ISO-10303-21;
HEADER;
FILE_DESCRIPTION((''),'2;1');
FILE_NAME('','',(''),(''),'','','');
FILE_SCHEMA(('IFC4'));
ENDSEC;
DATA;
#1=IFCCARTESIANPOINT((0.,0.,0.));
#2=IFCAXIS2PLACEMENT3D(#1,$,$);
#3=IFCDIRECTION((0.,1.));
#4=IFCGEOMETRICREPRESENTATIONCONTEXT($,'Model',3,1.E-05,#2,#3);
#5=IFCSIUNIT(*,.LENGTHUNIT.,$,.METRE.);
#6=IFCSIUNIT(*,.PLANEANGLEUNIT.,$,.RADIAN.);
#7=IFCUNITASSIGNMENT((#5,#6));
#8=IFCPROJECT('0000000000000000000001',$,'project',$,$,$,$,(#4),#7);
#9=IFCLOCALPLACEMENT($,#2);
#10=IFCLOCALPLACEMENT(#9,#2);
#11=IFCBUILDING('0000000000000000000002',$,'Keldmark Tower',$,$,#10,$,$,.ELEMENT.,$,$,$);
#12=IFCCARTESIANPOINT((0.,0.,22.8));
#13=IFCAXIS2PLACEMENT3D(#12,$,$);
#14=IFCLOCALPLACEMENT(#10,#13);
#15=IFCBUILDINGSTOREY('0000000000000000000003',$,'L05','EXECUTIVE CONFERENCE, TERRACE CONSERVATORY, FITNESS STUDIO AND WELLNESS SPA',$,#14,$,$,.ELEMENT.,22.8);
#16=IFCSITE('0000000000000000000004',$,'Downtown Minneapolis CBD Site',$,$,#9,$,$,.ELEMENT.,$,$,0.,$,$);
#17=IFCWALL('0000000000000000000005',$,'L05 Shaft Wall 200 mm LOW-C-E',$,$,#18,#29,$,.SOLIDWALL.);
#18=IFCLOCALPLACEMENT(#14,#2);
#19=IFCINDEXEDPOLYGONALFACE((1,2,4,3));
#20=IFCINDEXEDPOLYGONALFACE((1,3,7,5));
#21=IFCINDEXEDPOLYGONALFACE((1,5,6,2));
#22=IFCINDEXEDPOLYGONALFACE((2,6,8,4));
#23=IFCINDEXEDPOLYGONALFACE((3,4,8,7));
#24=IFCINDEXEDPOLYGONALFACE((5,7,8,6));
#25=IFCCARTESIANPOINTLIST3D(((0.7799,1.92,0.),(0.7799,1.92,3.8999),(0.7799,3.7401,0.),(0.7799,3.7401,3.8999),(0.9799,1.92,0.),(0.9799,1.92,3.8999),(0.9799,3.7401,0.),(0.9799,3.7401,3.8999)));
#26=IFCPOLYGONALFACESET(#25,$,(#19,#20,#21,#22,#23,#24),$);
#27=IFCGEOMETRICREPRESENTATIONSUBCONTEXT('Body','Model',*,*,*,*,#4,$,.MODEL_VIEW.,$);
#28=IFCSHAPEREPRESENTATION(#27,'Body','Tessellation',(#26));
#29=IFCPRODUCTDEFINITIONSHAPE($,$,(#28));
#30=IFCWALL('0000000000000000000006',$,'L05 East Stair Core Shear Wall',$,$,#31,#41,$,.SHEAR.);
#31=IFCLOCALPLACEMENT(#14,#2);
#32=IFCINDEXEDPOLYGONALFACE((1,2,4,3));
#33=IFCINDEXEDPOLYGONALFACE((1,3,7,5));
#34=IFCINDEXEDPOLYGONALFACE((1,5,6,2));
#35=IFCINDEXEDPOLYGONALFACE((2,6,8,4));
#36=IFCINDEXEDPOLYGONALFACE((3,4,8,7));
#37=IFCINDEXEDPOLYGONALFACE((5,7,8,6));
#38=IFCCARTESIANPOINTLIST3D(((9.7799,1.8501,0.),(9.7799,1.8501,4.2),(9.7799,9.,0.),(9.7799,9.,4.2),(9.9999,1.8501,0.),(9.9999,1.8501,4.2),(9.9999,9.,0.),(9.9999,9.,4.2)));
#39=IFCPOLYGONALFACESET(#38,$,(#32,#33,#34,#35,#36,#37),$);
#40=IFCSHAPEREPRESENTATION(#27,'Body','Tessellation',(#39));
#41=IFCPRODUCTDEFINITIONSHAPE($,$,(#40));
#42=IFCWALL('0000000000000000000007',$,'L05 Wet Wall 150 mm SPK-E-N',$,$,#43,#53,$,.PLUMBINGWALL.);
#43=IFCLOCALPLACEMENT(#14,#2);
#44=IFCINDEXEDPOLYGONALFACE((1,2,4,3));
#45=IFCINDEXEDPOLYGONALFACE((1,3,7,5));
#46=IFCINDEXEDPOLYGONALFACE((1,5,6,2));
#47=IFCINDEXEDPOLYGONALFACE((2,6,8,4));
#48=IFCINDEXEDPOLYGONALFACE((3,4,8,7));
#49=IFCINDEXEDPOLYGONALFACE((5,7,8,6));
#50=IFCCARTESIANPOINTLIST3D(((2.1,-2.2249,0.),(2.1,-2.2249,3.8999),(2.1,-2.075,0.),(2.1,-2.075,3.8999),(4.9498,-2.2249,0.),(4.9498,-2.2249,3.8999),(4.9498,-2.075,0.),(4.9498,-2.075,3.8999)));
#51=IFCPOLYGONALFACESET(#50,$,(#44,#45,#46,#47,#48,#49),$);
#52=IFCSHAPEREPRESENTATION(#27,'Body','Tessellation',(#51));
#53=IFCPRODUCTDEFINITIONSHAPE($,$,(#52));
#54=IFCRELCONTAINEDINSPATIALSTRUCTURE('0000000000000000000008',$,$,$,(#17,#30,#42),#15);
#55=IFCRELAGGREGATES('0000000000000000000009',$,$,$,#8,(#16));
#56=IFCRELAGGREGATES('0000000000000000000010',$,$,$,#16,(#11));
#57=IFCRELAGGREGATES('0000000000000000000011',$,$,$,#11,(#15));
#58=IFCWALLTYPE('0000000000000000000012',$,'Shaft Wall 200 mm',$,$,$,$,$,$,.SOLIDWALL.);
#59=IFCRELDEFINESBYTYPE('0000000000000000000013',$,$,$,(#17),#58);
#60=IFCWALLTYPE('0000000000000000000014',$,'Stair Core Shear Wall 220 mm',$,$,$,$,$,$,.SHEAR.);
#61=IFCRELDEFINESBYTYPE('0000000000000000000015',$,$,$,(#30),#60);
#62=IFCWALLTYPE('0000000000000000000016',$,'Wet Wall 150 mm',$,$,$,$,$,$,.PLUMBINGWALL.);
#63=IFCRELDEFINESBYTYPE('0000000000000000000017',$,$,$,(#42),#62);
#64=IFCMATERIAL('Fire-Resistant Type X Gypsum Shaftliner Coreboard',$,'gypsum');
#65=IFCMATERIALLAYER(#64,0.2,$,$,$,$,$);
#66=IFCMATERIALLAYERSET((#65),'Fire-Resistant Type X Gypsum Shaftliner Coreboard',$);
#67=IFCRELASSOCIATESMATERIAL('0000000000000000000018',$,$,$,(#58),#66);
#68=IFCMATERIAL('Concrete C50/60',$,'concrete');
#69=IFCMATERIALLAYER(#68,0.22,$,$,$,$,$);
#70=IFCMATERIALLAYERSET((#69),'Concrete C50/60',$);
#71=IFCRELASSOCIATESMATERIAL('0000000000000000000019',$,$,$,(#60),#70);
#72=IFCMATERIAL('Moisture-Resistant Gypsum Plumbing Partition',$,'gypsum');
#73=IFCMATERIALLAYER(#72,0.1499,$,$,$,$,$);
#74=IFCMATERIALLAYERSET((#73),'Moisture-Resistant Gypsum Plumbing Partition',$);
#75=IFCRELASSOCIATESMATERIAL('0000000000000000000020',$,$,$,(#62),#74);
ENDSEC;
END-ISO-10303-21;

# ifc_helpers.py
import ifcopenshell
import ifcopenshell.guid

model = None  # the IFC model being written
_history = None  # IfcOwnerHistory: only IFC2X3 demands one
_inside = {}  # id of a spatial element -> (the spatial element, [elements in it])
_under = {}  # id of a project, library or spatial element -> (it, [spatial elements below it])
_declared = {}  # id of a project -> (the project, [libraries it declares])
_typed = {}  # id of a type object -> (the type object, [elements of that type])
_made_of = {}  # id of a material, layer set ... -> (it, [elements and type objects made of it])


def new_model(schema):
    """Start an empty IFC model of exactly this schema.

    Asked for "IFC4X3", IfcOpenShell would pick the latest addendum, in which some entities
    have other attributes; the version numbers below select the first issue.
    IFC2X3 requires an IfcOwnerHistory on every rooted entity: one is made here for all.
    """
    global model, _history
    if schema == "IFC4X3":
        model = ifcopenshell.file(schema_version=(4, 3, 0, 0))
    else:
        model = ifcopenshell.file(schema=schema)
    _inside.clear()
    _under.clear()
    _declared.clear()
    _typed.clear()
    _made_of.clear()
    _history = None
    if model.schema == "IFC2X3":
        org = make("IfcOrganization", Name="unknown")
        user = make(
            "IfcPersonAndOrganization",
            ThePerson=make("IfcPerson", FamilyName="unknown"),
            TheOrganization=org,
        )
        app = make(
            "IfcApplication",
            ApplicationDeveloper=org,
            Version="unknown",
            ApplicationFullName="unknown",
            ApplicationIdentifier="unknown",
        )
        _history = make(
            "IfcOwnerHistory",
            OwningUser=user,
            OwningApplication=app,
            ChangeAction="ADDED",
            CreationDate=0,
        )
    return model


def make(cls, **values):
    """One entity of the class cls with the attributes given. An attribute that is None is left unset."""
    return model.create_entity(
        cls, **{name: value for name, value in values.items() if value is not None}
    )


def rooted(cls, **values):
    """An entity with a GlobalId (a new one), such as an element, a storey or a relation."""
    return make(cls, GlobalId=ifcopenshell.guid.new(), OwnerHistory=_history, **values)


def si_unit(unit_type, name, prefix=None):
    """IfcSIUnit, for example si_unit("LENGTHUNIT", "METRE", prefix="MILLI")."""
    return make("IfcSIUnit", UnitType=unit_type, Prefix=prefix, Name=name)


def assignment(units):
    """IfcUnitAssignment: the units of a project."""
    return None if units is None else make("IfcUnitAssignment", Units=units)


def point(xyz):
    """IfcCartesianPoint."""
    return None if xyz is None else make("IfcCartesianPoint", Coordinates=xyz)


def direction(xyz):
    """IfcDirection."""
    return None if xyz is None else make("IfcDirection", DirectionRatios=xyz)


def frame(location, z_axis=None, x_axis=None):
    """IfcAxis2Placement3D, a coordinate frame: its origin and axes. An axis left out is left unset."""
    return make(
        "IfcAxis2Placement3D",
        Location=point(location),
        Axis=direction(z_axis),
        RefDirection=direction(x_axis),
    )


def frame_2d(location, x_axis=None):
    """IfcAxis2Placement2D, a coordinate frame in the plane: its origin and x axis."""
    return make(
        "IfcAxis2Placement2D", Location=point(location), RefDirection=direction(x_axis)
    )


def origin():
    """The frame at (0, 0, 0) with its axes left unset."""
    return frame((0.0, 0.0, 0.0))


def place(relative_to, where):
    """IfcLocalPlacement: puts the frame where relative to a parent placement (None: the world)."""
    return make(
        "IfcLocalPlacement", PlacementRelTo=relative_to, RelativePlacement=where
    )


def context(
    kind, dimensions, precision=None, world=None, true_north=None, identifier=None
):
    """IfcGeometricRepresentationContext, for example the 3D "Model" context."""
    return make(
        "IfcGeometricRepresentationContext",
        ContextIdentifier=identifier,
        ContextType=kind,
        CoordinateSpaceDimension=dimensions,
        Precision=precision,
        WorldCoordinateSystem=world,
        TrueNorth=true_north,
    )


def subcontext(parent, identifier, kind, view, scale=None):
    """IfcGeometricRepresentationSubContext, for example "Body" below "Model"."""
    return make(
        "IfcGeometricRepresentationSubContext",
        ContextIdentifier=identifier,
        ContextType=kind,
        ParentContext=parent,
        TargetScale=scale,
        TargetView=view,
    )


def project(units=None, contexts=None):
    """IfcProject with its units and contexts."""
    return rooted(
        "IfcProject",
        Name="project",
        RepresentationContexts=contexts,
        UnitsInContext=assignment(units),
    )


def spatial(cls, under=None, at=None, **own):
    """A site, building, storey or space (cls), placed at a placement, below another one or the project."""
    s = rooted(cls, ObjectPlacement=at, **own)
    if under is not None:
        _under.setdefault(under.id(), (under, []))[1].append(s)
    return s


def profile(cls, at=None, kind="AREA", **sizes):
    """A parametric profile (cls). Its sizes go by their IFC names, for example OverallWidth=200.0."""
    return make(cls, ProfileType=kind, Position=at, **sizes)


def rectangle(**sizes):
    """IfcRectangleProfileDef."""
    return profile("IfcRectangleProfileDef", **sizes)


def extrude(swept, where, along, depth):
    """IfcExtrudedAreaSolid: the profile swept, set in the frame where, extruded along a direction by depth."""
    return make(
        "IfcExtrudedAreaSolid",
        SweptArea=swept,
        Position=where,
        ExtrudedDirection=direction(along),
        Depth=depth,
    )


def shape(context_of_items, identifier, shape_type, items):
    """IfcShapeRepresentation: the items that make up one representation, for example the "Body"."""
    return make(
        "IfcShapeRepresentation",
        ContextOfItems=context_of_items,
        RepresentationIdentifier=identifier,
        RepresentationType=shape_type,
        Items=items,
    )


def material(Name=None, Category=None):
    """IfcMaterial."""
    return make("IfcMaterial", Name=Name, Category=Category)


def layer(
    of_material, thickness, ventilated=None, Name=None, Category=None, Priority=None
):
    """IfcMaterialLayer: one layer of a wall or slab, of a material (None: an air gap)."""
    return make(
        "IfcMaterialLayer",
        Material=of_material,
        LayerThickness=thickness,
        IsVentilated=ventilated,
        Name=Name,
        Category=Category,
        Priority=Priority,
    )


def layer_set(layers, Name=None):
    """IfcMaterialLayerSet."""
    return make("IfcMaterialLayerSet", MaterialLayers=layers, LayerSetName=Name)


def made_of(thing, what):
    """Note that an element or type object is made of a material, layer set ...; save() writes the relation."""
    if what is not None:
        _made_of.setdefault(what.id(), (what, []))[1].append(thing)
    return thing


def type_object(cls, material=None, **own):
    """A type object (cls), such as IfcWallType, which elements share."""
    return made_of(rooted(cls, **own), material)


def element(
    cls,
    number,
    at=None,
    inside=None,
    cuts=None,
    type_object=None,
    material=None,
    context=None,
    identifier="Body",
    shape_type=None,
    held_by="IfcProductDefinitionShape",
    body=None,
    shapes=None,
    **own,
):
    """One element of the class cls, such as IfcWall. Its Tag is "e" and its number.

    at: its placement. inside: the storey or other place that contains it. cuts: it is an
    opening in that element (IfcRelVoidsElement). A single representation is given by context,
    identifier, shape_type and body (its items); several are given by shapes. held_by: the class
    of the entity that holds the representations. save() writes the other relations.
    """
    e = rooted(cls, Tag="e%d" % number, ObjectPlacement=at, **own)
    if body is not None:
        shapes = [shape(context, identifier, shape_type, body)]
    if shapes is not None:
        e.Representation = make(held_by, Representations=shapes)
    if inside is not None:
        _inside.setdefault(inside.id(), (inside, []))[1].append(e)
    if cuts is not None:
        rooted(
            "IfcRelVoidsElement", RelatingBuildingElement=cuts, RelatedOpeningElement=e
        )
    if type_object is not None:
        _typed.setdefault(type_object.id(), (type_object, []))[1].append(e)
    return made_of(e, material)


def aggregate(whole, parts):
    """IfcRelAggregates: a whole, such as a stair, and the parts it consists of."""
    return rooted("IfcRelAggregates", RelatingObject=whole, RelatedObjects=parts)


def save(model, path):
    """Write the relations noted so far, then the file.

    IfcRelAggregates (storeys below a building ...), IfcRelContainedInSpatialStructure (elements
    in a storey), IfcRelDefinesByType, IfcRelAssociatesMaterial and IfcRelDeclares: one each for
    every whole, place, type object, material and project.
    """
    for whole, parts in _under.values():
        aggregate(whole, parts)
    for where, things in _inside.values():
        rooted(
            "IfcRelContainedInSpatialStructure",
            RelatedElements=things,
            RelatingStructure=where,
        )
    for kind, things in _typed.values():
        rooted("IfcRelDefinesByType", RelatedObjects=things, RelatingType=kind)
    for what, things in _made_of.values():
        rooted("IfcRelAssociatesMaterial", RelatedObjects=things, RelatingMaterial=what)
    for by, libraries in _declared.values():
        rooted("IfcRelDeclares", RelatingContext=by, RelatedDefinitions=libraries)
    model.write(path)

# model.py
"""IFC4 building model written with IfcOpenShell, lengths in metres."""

from ifc_helpers import new_model, si_unit, direction, frame, frame_2d, origin, place, context, subcontext, project, spatial, rectangle, extrude, material, layer, layer_set, type_object, element, save


model = new_model("IFC4")

# Units and contexts
model_context = context("Model", 3, precision=1e-05, world=origin(), true_north=direction((0.0, 1.0)))
body_context = subcontext(model_context, "Body", "Model", "MODEL_VIEW")
ifc_project = project(units=[si_unit("LENGTHUNIT", "METRE"), si_unit("PLANEANGLEUNIT", "RADIAN")], contexts=[model_context])

# Site, building, storey
site_placement = place(None, origin())
site = spatial("IfcSite", under=ifc_project, at=site_placement, Name="Downtown Minneapolis CBD Site", CompositionType="ELEMENT", RefElevation=0.0)
building_placement = place(site_placement, origin())
building = spatial("IfcBuilding", under=site, at=building_placement, Name="Keldmark Tower", CompositionType="ELEMENT")
storey_placement = place(building_placement, frame((0.0, 0.0, 22.8)))
storey = spatial("IfcBuildingStorey", under=building, at=storey_placement, Name="L05", Description="EXECUTIVE CONFERENCE, TERRACE CONSERVATORY, FITNESS STUDIO AND WELLNESS SPA", CompositionType="ELEMENT", Elevation=22.8)

# Shared definitions
ifc_material_1 = material(Name="Fire-Resistant Type X Gypsum Shaftliner Coreboard", Category="gypsum")
ifc_layer_1 = layer(ifc_material_1, 0.2)
ifc_layer_set_1 = layer_set([ifc_layer_1], Name="Fire-Resistant Type X Gypsum Shaftliner Coreboard")
wall_type_1 = type_object("IfcWallType", Name="Shaft Wall 200 mm", PredefinedType="SOLIDWALL", material=ifc_layer_set_1)

# Walls
for number, where, z_axis, x_axis, name in (
    (1, (0.8799, 1.9199, 0.0), (0.0, 0.0, 1.0), (0.0, 1.0, 0.0), "L05 Shaft Wall 200 mm LOW-C-E"),
):
    element("IfcWall", number, at=place(storey_placement, frame(where, z_axis=z_axis, x_axis=x_axis)), inside=storey, type_object=wall_type_1, Name=name, PredefinedType="SOLIDWALL", context=body_context, shape_type="SweptSolid", body=[
        extrude(rectangle(XDim=1.8201, YDim=0.2, at=frame_2d((0.9102, 0.0))), origin(), (0.0, 0.0, 1.0), 3.8999),
    ])
ifc_material_2 = material(Name="Concrete C50/60", Category="concrete")
ifc_layer_2 = layer(ifc_material_2, 0.22)
ifc_layer_set_2 = layer_set([ifc_layer_2], Name="Concrete C50/60")
wall_type_2 = type_object("IfcWallType", Name="Stair Core Shear Wall 220 mm", PredefinedType="SHEAR", material=ifc_layer_set_2)
wall_1_placement = place(storey_placement, frame((9.8899, 1.8501, 0.0), z_axis=(0.0, 0.0, 1.0), x_axis=(0.0, 1.0, 0.0)))
element("IfcWall", 2, at=wall_1_placement, inside=storey, type_object=wall_type_2, Name="L05 East Stair Core Shear Wall", PredefinedType="SHEAR", context=body_context, shape_type="SweptSolid", body=[
    extrude(rectangle(XDim=7.1499, YDim=0.22, at=frame_2d((3.575, 0.0))), origin(), (0.0, 0.0, 1.0), 4.2),
])
ifc_material_3 = material(Name="Moisture-Resistant Gypsum Plumbing Partition", Category="gypsum")
ifc_layer_3 = layer(ifc_material_3, 0.1499)
ifc_layer_set_3 = layer_set([ifc_layer_3], Name="Moisture-Resistant Gypsum Plumbing Partition")
wall_type_3 = type_object("IfcWallType", Name="Wet Wall 150 mm", PredefinedType="PLUMBINGWALL", material=ifc_layer_set_3)
wall_2_placement = place(storey_placement, frame((2.1001, -2.1499, 0.0), z_axis=(0.0, 0.0, 1.0), x_axis=(1.0, 0.0, 0.0)))
element("IfcWall", 3, at=wall_2_placement, inside=storey, type_object=wall_type_3, Name="L05 Wet Wall 150 mm SPK-E-N", PredefinedType="PLUMBINGWALL", context=body_context, shape_type="SweptSolid", body=[
    extrude(rectangle(XDim=2.8499, YDim=0.1499, at=frame_2d((1.4248, 0.0))), origin(), (0.0, 0.0, 1.0), 3.8999),
])

save(model, "model.ifc")
